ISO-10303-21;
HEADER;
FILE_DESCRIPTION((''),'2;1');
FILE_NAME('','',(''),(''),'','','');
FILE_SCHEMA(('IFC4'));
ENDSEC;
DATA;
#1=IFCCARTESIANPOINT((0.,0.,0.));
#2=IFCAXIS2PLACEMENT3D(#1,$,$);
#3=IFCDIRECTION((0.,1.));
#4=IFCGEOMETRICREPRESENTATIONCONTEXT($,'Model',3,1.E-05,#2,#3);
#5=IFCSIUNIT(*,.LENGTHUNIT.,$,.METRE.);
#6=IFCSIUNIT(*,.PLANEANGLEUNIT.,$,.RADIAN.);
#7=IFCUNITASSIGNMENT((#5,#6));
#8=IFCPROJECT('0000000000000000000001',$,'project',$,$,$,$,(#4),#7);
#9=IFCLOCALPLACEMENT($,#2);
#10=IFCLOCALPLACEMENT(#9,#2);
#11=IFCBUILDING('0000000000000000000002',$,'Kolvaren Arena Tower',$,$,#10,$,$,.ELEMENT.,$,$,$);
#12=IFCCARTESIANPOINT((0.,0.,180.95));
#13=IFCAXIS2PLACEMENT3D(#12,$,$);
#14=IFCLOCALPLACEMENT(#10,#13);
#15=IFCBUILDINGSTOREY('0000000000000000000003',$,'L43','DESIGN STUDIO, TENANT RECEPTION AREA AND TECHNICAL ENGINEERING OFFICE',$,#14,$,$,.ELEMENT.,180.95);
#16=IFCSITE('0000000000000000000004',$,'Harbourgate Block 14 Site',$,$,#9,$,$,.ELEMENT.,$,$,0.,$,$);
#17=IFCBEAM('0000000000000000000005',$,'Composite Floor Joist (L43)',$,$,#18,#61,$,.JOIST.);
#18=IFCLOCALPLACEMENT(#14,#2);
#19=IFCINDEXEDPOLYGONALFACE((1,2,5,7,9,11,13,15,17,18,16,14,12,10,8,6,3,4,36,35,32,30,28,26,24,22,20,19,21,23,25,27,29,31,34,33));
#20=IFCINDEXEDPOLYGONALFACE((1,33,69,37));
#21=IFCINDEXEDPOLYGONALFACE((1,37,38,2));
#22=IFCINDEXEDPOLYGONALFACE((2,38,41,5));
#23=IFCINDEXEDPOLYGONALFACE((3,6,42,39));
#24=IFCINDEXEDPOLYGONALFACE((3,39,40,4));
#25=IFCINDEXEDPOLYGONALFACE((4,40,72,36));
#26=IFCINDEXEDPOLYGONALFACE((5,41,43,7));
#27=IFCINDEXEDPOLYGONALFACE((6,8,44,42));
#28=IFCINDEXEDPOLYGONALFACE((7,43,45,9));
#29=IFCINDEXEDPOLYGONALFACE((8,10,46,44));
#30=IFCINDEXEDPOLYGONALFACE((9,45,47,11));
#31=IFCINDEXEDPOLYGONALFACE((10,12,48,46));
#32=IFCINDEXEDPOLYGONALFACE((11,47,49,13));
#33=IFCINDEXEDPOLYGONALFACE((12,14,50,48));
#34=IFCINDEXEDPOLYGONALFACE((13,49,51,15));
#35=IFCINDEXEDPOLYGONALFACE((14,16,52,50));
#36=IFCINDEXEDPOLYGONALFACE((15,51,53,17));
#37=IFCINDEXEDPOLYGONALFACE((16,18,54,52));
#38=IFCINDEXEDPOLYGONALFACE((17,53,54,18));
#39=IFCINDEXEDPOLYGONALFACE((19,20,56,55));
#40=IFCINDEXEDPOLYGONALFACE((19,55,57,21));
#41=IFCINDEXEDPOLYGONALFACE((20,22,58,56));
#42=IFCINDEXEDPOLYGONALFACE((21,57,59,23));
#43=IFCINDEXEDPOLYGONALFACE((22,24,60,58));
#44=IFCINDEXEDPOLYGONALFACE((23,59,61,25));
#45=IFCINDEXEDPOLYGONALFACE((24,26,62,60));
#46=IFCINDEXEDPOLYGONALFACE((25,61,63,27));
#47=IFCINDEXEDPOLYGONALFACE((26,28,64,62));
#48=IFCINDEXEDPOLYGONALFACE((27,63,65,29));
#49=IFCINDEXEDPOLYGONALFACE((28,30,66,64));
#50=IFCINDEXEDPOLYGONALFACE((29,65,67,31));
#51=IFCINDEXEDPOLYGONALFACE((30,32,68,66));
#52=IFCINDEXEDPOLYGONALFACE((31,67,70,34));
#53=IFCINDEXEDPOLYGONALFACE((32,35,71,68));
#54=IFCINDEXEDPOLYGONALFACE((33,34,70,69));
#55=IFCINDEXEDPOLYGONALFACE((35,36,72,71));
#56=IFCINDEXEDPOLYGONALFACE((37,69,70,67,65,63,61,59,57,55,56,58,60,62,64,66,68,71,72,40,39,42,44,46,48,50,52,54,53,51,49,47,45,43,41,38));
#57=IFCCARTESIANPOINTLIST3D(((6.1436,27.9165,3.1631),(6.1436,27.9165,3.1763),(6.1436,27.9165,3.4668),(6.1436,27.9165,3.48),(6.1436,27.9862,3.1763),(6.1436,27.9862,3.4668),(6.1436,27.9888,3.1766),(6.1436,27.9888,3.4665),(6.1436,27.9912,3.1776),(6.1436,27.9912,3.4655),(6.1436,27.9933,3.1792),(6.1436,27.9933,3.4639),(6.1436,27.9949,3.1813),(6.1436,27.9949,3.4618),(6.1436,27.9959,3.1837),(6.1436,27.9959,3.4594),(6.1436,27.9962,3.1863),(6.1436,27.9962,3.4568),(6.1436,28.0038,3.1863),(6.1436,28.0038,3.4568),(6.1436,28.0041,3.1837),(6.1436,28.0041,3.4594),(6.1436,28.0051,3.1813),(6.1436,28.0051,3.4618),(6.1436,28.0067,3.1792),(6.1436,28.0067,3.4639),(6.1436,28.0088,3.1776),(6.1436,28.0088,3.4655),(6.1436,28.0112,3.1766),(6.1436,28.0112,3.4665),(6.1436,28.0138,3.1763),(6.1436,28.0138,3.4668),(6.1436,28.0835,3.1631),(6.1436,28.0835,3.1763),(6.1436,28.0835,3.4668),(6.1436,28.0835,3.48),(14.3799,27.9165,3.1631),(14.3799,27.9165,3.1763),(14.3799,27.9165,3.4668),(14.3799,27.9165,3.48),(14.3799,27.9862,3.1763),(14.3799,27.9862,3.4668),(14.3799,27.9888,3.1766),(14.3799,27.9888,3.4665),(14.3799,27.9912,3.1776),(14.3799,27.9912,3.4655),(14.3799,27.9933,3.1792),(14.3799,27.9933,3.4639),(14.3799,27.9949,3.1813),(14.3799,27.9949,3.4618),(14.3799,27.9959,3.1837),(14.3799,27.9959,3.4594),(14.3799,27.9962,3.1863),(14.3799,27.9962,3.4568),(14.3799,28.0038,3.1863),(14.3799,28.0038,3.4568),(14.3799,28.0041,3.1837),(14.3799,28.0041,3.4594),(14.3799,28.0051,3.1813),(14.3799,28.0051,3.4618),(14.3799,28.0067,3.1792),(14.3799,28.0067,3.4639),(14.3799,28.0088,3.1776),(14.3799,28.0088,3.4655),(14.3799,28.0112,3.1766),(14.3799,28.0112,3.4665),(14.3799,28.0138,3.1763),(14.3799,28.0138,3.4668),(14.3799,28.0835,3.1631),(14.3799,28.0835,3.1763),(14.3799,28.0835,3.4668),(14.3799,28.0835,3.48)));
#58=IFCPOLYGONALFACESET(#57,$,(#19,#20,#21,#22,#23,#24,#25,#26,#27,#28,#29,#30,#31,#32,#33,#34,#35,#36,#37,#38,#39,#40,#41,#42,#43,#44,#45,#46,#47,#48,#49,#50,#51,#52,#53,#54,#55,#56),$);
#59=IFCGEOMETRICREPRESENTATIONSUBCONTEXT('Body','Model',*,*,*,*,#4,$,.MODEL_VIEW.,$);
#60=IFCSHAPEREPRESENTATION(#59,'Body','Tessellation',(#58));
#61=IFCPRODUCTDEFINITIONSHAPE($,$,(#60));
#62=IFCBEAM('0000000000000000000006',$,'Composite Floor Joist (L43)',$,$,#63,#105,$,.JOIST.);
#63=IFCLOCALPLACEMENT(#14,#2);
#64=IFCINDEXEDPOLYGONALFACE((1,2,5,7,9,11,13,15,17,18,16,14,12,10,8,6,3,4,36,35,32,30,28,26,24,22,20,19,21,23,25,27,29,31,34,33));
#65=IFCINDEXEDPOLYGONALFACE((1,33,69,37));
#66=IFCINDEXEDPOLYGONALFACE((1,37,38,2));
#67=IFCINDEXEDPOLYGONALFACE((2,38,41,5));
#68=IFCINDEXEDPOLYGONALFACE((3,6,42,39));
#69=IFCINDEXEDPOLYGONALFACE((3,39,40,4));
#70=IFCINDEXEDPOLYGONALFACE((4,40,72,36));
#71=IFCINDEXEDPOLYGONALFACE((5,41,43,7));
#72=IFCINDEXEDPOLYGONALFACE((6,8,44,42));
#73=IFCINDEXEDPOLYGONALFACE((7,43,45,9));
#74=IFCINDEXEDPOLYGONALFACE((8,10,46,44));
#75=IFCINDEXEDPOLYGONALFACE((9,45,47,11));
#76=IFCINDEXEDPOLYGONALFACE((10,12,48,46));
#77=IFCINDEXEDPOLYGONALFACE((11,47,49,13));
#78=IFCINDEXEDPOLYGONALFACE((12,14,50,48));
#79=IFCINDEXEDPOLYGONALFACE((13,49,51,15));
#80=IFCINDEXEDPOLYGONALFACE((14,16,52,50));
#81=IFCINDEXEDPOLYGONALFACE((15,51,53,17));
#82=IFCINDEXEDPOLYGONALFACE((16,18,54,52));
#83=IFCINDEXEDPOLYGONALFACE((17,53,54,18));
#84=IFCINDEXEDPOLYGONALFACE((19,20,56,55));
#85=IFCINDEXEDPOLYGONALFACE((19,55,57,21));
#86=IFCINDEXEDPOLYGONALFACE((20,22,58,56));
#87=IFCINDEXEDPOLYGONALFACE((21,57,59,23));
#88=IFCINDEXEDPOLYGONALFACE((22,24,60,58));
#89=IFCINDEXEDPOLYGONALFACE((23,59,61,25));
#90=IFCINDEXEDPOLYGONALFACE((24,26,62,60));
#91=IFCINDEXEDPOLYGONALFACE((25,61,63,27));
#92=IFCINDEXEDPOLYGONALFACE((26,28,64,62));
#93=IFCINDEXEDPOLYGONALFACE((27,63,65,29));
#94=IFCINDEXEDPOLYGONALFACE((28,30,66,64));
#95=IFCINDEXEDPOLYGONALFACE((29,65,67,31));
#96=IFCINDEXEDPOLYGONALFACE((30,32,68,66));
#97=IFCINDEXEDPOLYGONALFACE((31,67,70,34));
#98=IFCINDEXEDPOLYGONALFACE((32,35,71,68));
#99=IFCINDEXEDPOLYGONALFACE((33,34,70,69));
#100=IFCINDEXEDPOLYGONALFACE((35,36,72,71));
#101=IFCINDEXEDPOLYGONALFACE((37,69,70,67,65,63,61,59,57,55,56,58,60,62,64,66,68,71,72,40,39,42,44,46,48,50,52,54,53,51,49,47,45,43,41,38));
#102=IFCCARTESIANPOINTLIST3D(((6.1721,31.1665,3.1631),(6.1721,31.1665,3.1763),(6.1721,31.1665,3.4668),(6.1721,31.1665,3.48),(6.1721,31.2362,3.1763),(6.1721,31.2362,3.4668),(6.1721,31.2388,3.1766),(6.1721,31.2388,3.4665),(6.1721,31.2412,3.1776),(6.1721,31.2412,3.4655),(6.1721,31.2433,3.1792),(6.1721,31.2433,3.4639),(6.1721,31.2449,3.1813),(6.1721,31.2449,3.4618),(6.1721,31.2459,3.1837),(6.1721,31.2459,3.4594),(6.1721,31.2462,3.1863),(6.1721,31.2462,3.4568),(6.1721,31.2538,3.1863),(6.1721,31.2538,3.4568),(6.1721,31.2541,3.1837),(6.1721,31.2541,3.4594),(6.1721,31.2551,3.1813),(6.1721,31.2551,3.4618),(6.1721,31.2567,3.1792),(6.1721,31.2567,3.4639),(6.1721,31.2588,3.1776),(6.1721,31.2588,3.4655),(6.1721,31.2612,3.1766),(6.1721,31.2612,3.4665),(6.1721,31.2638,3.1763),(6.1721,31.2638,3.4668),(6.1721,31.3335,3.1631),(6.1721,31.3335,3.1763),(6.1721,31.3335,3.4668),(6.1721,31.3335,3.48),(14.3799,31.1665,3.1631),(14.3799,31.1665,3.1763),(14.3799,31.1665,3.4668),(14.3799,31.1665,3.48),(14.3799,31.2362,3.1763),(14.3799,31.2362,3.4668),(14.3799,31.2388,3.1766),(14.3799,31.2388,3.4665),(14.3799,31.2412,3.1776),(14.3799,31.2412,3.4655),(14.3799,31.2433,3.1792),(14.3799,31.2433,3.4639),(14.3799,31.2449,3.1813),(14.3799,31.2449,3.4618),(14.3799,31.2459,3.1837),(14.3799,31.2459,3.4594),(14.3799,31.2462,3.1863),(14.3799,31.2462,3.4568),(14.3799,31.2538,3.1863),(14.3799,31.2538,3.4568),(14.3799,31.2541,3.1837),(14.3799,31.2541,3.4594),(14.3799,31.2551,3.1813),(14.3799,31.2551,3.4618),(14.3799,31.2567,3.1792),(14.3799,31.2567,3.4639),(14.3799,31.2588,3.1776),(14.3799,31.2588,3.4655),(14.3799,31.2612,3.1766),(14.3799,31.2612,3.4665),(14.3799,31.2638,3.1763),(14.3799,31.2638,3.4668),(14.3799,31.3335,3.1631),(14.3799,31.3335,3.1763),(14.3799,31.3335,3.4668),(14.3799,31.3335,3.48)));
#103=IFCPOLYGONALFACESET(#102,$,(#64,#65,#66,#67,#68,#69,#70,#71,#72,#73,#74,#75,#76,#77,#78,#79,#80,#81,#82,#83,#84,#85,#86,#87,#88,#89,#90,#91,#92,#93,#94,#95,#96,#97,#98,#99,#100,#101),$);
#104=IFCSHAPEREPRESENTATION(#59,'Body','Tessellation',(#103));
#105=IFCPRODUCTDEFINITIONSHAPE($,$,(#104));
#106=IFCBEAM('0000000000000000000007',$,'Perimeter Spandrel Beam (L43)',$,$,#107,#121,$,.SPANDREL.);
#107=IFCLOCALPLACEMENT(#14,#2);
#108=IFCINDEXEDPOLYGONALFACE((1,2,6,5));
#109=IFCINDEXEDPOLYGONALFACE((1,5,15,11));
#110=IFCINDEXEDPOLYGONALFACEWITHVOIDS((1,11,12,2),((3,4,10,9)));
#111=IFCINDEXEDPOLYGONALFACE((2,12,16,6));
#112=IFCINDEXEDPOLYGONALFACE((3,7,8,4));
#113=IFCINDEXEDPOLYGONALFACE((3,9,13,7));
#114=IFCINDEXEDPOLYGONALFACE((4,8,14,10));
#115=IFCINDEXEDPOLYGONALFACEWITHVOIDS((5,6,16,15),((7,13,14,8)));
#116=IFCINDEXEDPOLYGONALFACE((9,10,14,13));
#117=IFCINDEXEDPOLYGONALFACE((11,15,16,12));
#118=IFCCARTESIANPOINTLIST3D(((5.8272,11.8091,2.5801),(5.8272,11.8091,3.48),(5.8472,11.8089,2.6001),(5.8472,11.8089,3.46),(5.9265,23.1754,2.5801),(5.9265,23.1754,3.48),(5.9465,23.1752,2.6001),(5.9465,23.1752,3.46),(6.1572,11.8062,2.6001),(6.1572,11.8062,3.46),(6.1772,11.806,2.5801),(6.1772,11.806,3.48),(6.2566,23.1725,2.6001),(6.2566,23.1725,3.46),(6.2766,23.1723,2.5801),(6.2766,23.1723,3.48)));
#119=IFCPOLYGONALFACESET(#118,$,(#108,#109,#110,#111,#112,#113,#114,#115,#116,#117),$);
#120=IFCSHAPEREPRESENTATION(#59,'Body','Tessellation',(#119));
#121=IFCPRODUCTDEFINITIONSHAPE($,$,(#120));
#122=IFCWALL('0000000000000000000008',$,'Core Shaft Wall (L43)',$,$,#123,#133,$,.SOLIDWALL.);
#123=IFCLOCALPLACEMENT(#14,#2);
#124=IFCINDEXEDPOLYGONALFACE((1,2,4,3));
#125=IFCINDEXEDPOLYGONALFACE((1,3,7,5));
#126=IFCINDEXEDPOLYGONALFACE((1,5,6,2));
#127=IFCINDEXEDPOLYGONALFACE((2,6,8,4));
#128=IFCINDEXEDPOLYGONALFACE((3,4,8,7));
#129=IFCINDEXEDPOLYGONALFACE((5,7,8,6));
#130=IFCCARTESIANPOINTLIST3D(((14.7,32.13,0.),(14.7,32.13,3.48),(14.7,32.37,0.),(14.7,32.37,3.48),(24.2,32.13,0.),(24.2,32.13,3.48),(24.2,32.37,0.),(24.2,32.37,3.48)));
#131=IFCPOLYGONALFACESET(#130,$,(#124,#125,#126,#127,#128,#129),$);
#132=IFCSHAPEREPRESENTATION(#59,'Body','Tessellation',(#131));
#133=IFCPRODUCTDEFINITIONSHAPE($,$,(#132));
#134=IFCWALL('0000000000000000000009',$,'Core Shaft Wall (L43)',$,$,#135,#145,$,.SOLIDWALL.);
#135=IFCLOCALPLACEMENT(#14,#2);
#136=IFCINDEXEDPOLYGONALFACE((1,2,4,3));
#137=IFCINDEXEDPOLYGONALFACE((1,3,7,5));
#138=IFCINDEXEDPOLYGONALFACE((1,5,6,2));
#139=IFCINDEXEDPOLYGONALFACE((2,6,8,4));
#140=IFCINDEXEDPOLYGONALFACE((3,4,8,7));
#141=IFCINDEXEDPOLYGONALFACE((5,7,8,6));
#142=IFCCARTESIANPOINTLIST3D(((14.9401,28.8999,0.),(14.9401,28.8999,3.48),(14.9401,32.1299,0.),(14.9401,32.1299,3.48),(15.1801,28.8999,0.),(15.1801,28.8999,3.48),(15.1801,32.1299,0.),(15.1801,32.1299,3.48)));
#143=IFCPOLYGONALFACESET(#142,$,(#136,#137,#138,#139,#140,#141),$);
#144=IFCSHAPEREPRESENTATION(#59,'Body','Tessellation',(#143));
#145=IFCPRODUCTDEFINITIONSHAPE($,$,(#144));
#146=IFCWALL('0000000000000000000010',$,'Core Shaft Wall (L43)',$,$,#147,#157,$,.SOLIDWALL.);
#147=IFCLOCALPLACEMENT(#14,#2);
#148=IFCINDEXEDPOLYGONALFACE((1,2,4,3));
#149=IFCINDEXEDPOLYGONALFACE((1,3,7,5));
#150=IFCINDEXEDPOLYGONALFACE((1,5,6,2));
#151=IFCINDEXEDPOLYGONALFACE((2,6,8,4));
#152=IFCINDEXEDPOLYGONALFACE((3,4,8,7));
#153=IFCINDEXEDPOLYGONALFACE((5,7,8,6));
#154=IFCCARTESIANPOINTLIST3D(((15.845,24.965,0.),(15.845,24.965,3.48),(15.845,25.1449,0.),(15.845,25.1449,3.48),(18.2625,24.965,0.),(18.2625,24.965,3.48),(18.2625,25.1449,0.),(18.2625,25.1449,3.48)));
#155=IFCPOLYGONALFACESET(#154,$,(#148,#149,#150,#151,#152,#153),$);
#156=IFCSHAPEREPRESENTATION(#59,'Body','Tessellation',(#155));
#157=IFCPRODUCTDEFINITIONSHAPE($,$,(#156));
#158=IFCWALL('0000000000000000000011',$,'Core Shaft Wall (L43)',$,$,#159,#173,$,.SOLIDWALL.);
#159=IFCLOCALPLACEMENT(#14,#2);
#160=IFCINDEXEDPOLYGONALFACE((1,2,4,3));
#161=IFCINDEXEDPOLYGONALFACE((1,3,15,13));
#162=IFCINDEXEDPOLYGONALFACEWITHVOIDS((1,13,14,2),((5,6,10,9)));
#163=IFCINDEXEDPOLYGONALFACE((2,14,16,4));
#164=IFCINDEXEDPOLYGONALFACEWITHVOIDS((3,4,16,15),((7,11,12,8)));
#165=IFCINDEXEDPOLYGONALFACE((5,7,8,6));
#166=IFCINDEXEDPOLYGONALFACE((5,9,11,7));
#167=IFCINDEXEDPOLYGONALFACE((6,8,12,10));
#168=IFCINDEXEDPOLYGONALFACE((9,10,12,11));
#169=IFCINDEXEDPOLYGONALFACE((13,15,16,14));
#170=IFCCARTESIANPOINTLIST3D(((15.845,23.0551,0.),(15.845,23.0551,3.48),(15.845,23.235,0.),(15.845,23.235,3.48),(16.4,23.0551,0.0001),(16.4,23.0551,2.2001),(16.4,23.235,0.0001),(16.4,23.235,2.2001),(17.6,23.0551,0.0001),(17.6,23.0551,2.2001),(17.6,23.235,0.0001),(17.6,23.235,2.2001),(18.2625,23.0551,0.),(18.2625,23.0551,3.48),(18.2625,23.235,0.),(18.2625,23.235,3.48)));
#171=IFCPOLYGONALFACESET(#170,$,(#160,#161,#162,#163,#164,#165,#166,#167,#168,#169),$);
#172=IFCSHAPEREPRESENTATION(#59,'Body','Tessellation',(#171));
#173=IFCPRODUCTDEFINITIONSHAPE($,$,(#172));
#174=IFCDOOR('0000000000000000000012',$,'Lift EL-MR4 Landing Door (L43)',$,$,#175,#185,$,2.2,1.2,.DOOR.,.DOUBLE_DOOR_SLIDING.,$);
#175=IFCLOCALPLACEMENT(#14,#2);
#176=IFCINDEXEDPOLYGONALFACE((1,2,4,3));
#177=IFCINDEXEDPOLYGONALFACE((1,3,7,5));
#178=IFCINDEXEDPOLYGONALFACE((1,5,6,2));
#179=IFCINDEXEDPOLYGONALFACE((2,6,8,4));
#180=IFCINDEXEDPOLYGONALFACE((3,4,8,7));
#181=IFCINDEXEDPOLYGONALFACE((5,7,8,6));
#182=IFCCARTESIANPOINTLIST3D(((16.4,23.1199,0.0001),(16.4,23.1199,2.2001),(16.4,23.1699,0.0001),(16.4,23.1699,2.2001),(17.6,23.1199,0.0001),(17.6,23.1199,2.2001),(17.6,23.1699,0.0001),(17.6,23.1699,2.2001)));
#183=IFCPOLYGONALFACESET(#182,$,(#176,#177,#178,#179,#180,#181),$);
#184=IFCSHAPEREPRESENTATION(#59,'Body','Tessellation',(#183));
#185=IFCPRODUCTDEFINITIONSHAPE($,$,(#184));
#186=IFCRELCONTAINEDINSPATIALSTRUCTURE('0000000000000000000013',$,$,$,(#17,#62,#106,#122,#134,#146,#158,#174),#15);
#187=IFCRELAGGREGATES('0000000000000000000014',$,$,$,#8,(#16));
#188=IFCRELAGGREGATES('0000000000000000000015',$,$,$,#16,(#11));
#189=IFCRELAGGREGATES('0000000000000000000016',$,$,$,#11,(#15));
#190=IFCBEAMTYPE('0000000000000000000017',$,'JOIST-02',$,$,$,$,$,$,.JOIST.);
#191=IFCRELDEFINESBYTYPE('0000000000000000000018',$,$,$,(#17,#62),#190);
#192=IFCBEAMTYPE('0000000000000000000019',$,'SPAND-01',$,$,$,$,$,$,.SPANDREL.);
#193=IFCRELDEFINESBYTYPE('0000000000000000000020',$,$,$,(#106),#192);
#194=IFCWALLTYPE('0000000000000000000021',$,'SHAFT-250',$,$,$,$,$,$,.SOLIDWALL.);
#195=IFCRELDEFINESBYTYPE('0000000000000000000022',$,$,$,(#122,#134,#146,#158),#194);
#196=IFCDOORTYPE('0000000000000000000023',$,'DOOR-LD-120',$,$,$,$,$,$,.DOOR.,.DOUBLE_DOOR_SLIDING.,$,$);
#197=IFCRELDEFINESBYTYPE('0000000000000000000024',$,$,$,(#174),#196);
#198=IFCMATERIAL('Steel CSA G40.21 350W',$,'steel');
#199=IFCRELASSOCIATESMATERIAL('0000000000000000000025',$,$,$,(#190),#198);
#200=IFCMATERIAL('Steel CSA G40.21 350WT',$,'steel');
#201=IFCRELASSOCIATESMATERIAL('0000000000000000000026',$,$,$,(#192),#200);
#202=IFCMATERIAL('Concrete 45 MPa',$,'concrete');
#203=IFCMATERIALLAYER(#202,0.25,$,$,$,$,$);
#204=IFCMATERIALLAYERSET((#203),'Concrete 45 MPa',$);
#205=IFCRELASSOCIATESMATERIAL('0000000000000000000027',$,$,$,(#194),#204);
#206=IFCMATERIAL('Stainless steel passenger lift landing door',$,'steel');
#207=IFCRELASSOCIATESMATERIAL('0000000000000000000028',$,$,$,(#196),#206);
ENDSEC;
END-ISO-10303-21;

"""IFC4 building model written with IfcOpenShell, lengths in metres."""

from ifc_helpers import new_model, si_unit, direction, frame, frame_2d, origin, origin_2d, place, context, subcontext, project, spatial, rectangle, hollow_rectangle, i_section, extrude, material, layer, layer_set, material_profile, profile_set, type_object, element, fill, save


model = new_model("IFC4")

# Units and contexts
model_context = context("Model", 3, precision=1e-05, world=origin(), true_north=direction((0.0, 1.0)))
body_context = subcontext(model_context, "Body", "Model", "MODEL_VIEW")
ifc_project = project(units=[si_unit("LENGTHUNIT", "METRE"), si_unit("PLANEANGLEUNIT", "RADIAN")], contexts=[model_context])

# Site, building, storey
site_placement = place(None, origin())
site = spatial("IfcSite", under=ifc_project, at=site_placement, Name="Harbourgate Block 14 Site", CompositionType="ELEMENT", RefElevation=0.0)
building_placement = place(site_placement, origin())
building = spatial("IfcBuilding", under=site, at=building_placement, Name="Kolvaren Arena Tower", CompositionType="ELEMENT")
storey_placement = place(building_placement, frame((0.0, 0.0, 180.95)))
storey = spatial("IfcBuildingStorey", under=building, at=storey_placement, Name="L43", Description="DESIGN STUDIO, TENANT RECEPTION AREA AND TECHNICAL ENGINEERING OFFICE", CompositionType="ELEMENT", Elevation=180.95)

# Beams
ifc_material_1 = material(Name="Steel CSA G40.21 350W", Category="steel")
ifc_material_profile_1 = material_profile(ifc_material_1, i_section(OverallWidth=0.167, OverallDepth=0.3169, WebThickness=0.0076, FlangeThickness=0.0132, FilletRadius=0.01, at=origin_2d()), Name="W310x52")
ifc_profile_set_1 = profile_set([ifc_material_profile_1], Name="Steel CSA G40.21 350W")
beam_type_1 = type_object("IfcBeamType", Name="JOIST-02", PredefinedType="JOIST", material=ifc_profile_set_1)
beam_1_placement = place(storey_placement, frame((6.1436, 28.0, 3.3215), z_axis=(1.0, 0.0, 0.0), x_axis=(0.0, 1.0, 0.0)))
element("IfcBeam", 1, at=beam_1_placement, inside=storey, type_object=beam_type_1, Name="Composite Floor Joist (L43)", PredefinedType="JOIST", context=body_context, shape_type="SweptSolid", body=[
    extrude(i_section(OverallWidth=0.167, OverallDepth=0.3169, WebThickness=0.0076, FlangeThickness=0.0132, FilletRadius=0.01, at=origin_2d()), origin(), (0.0, 0.0, 1.0), 8.2363),
])
beam_2_placement = place(storey_placement, frame((6.1721, 31.25, 3.3215), z_axis=(1.0, 0.0, 0.0), x_axis=(0.0, 1.0, 0.0)))
element("IfcBeam", 2, at=beam_2_placement, inside=storey, type_object=beam_type_1, Name="Composite Floor Joist (L43)", PredefinedType="JOIST", context=body_context, shape_type="SweptSolid", body=[
    extrude(i_section(OverallWidth=0.167, OverallDepth=0.3169, WebThickness=0.0076, FlangeThickness=0.0132, FilletRadius=0.01, at=origin_2d()), origin(), (0.0, 0.0, 1.0), 8.2078),
])
ifc_material_2 = material(Name="Steel CSA G40.21 350WT", Category="steel")
ifc_material_profile_2 = material_profile(ifc_material_2, hollow_rectangle(XDim=0.3501, YDim=0.8999, WallThickness=0.02, at=origin_2d()), Name="HSS 900x350x20")
ifc_profile_set_2 = profile_set([ifc_material_profile_2], Name="Steel CSA G40.21 350WT")
beam_type_2 = type_object("IfcBeamType", Name="SPAND-01", PredefinedType="SPANDREL", material=ifc_profile_set_2)
beam_3_placement = place(storey_placement, frame((6.1016, 23.1738, 3.03), z_axis=(-0.008742, -0.999962, 0.0), x_axis=(0.999962, -0.008742, 0.0)))
element("IfcBeam", 3, at=beam_3_placement, inside=storey, type_object=beam_type_2, Name="Perimeter Spandrel Beam (L43)", PredefinedType="SPANDREL", context=body_context, shape_type="SweptSolid", body=[
    extrude(hollow_rectangle(XDim=0.3501, YDim=0.8999, WallThickness=0.02, at=origin_2d()), origin(), (0.0, 0.0, 1.0), 11.3667),
])

# Walls
ifc_material_3 = material(Name="Concrete 45 MPa", Category="concrete")
ifc_layer = layer(ifc_material_3, 0.25)
ifc_layer_set = layer_set([ifc_layer], Name="Concrete 45 MPa")
wall_type = type_object("IfcWallType", Name="SHAFT-250", PredefinedType="SOLIDWALL", material=ifc_layer_set)
wall_1_placement = place(storey_placement, frame((14.7, 32.25, 0.0), z_axis=(0.0, 0.0, 1.0), x_axis=(1.0, 0.0, 0.0)))
element("IfcWall", 4, at=wall_1_placement, inside=storey, type_object=wall_type, Name="Core Shaft Wall (L43)", PredefinedType="SOLIDWALL", context=body_context, shape_type="SweptSolid", body=[
    extrude(rectangle(XDim=9.5, YDim=0.24, at=frame_2d((4.75, 0.0))), origin(), (0.0, 0.0, 1.0), 3.48),
])
wall_2_placement = place(storey_placement, frame((15.0601, 28.8999, 0.0), z_axis=(0.0, 0.0, 1.0), x_axis=(0.0, 1.0, 0.0)))
element("IfcWall", 5, at=wall_2_placement, inside=storey, type_object=wall_type, Name="Core Shaft Wall (L43)", PredefinedType="SOLIDWALL", context=body_context, shape_type="SweptSolid", body=[
    extrude(rectangle(XDim=3.23, YDim=0.24, at=frame_2d((1.615, 0.0))), origin(), (0.0, 0.0, 1.0), 3.48),
])
wall_3_placement = place(storey_placement, frame((15.845, 25.0549, 0.0), z_axis=(0.0, 0.0, 1.0), x_axis=(1.0, 0.0, 0.0)))
element("IfcWall", 6, at=wall_3_placement, inside=storey, type_object=wall_type, Name="Core Shaft Wall (L43)", PredefinedType="SOLIDWALL", context=body_context, shape_type="SweptSolid", body=[
    extrude(rectangle(XDim=2.4175, YDim=0.1799, at=frame_2d((1.2087, 0.0))), origin(), (0.0, 0.0, 1.0), 3.48),
])

# Wall, opening, door
wall_4_placement = place(storey_placement, frame((15.845, 23.145, 0.0), z_axis=(0.0, 0.0, 1.0), x_axis=(1.0, 0.0, 0.0)))
wall_4 = element("IfcWall", 7, at=wall_4_placement, inside=storey, type_object=wall_type, Name="Core Shaft Wall (L43)", PredefinedType="SOLIDWALL", context=body_context, shape_type="SweptSolid", body=[
    extrude(rectangle(XDim=2.4175, YDim=0.1799, at=frame_2d((1.2087, 0.0))), origin(), (0.0, 0.0, 1.0), 3.48),
])
opening_1_placement = place(wall_4_placement, frame((0.5549, 0.0, 0.0)))
opening_1 = element("IfcOpeningElement", 8, at=opening_1_placement, cuts=wall_4, PredefinedType="OPENING", context=body_context, shape_type="SweptSolid", body=[
    extrude(rectangle(XDim=1.2, YDim=2.2, at=frame_2d((0.6001, 1.1001))), frame((0.0, 0.0999, 0.0), z_axis=(0.0, -1.0, 0.0), x_axis=(1.0, 0.0, 0.0)), (0.0, 0.0, 1.0), 0.2),
])
ifc_material_4 = material(Name="Stainless steel passenger lift landing door", Category="steel")
door_type_1 = type_object("IfcDoorType", Name="DOOR-LD-120", OperationType="DOUBLE_DOOR_SLIDING", PredefinedType="DOOR", material=ifc_material_4)
door_1_placement = place(opening_1_placement, origin())
door_1 = element("IfcDoor", 9, at=door_1_placement, inside=storey, type_object=door_type_1, Name="Lift EL-MR4 Landing Door (L43)", OperationType="DOUBLE_DOOR_SLIDING", OverallHeight=2.2, OverallWidth=1.2, PredefinedType="DOOR", context=body_context, shape_type="SweptSolid", body=[
    extrude(rectangle(XDim=1.2, YDim=2.2, at=frame_2d((0.6001, 1.1001))), frame((0.0, 0.0249, 0.0), z_axis=(0.0, -1.0, 0.0), x_axis=(1.0, 0.0, 0.0)), (0.0, 0.0, 1.0), 0.05),
])
fill(opening_1, door_1)

save(model, "model.ifc")
